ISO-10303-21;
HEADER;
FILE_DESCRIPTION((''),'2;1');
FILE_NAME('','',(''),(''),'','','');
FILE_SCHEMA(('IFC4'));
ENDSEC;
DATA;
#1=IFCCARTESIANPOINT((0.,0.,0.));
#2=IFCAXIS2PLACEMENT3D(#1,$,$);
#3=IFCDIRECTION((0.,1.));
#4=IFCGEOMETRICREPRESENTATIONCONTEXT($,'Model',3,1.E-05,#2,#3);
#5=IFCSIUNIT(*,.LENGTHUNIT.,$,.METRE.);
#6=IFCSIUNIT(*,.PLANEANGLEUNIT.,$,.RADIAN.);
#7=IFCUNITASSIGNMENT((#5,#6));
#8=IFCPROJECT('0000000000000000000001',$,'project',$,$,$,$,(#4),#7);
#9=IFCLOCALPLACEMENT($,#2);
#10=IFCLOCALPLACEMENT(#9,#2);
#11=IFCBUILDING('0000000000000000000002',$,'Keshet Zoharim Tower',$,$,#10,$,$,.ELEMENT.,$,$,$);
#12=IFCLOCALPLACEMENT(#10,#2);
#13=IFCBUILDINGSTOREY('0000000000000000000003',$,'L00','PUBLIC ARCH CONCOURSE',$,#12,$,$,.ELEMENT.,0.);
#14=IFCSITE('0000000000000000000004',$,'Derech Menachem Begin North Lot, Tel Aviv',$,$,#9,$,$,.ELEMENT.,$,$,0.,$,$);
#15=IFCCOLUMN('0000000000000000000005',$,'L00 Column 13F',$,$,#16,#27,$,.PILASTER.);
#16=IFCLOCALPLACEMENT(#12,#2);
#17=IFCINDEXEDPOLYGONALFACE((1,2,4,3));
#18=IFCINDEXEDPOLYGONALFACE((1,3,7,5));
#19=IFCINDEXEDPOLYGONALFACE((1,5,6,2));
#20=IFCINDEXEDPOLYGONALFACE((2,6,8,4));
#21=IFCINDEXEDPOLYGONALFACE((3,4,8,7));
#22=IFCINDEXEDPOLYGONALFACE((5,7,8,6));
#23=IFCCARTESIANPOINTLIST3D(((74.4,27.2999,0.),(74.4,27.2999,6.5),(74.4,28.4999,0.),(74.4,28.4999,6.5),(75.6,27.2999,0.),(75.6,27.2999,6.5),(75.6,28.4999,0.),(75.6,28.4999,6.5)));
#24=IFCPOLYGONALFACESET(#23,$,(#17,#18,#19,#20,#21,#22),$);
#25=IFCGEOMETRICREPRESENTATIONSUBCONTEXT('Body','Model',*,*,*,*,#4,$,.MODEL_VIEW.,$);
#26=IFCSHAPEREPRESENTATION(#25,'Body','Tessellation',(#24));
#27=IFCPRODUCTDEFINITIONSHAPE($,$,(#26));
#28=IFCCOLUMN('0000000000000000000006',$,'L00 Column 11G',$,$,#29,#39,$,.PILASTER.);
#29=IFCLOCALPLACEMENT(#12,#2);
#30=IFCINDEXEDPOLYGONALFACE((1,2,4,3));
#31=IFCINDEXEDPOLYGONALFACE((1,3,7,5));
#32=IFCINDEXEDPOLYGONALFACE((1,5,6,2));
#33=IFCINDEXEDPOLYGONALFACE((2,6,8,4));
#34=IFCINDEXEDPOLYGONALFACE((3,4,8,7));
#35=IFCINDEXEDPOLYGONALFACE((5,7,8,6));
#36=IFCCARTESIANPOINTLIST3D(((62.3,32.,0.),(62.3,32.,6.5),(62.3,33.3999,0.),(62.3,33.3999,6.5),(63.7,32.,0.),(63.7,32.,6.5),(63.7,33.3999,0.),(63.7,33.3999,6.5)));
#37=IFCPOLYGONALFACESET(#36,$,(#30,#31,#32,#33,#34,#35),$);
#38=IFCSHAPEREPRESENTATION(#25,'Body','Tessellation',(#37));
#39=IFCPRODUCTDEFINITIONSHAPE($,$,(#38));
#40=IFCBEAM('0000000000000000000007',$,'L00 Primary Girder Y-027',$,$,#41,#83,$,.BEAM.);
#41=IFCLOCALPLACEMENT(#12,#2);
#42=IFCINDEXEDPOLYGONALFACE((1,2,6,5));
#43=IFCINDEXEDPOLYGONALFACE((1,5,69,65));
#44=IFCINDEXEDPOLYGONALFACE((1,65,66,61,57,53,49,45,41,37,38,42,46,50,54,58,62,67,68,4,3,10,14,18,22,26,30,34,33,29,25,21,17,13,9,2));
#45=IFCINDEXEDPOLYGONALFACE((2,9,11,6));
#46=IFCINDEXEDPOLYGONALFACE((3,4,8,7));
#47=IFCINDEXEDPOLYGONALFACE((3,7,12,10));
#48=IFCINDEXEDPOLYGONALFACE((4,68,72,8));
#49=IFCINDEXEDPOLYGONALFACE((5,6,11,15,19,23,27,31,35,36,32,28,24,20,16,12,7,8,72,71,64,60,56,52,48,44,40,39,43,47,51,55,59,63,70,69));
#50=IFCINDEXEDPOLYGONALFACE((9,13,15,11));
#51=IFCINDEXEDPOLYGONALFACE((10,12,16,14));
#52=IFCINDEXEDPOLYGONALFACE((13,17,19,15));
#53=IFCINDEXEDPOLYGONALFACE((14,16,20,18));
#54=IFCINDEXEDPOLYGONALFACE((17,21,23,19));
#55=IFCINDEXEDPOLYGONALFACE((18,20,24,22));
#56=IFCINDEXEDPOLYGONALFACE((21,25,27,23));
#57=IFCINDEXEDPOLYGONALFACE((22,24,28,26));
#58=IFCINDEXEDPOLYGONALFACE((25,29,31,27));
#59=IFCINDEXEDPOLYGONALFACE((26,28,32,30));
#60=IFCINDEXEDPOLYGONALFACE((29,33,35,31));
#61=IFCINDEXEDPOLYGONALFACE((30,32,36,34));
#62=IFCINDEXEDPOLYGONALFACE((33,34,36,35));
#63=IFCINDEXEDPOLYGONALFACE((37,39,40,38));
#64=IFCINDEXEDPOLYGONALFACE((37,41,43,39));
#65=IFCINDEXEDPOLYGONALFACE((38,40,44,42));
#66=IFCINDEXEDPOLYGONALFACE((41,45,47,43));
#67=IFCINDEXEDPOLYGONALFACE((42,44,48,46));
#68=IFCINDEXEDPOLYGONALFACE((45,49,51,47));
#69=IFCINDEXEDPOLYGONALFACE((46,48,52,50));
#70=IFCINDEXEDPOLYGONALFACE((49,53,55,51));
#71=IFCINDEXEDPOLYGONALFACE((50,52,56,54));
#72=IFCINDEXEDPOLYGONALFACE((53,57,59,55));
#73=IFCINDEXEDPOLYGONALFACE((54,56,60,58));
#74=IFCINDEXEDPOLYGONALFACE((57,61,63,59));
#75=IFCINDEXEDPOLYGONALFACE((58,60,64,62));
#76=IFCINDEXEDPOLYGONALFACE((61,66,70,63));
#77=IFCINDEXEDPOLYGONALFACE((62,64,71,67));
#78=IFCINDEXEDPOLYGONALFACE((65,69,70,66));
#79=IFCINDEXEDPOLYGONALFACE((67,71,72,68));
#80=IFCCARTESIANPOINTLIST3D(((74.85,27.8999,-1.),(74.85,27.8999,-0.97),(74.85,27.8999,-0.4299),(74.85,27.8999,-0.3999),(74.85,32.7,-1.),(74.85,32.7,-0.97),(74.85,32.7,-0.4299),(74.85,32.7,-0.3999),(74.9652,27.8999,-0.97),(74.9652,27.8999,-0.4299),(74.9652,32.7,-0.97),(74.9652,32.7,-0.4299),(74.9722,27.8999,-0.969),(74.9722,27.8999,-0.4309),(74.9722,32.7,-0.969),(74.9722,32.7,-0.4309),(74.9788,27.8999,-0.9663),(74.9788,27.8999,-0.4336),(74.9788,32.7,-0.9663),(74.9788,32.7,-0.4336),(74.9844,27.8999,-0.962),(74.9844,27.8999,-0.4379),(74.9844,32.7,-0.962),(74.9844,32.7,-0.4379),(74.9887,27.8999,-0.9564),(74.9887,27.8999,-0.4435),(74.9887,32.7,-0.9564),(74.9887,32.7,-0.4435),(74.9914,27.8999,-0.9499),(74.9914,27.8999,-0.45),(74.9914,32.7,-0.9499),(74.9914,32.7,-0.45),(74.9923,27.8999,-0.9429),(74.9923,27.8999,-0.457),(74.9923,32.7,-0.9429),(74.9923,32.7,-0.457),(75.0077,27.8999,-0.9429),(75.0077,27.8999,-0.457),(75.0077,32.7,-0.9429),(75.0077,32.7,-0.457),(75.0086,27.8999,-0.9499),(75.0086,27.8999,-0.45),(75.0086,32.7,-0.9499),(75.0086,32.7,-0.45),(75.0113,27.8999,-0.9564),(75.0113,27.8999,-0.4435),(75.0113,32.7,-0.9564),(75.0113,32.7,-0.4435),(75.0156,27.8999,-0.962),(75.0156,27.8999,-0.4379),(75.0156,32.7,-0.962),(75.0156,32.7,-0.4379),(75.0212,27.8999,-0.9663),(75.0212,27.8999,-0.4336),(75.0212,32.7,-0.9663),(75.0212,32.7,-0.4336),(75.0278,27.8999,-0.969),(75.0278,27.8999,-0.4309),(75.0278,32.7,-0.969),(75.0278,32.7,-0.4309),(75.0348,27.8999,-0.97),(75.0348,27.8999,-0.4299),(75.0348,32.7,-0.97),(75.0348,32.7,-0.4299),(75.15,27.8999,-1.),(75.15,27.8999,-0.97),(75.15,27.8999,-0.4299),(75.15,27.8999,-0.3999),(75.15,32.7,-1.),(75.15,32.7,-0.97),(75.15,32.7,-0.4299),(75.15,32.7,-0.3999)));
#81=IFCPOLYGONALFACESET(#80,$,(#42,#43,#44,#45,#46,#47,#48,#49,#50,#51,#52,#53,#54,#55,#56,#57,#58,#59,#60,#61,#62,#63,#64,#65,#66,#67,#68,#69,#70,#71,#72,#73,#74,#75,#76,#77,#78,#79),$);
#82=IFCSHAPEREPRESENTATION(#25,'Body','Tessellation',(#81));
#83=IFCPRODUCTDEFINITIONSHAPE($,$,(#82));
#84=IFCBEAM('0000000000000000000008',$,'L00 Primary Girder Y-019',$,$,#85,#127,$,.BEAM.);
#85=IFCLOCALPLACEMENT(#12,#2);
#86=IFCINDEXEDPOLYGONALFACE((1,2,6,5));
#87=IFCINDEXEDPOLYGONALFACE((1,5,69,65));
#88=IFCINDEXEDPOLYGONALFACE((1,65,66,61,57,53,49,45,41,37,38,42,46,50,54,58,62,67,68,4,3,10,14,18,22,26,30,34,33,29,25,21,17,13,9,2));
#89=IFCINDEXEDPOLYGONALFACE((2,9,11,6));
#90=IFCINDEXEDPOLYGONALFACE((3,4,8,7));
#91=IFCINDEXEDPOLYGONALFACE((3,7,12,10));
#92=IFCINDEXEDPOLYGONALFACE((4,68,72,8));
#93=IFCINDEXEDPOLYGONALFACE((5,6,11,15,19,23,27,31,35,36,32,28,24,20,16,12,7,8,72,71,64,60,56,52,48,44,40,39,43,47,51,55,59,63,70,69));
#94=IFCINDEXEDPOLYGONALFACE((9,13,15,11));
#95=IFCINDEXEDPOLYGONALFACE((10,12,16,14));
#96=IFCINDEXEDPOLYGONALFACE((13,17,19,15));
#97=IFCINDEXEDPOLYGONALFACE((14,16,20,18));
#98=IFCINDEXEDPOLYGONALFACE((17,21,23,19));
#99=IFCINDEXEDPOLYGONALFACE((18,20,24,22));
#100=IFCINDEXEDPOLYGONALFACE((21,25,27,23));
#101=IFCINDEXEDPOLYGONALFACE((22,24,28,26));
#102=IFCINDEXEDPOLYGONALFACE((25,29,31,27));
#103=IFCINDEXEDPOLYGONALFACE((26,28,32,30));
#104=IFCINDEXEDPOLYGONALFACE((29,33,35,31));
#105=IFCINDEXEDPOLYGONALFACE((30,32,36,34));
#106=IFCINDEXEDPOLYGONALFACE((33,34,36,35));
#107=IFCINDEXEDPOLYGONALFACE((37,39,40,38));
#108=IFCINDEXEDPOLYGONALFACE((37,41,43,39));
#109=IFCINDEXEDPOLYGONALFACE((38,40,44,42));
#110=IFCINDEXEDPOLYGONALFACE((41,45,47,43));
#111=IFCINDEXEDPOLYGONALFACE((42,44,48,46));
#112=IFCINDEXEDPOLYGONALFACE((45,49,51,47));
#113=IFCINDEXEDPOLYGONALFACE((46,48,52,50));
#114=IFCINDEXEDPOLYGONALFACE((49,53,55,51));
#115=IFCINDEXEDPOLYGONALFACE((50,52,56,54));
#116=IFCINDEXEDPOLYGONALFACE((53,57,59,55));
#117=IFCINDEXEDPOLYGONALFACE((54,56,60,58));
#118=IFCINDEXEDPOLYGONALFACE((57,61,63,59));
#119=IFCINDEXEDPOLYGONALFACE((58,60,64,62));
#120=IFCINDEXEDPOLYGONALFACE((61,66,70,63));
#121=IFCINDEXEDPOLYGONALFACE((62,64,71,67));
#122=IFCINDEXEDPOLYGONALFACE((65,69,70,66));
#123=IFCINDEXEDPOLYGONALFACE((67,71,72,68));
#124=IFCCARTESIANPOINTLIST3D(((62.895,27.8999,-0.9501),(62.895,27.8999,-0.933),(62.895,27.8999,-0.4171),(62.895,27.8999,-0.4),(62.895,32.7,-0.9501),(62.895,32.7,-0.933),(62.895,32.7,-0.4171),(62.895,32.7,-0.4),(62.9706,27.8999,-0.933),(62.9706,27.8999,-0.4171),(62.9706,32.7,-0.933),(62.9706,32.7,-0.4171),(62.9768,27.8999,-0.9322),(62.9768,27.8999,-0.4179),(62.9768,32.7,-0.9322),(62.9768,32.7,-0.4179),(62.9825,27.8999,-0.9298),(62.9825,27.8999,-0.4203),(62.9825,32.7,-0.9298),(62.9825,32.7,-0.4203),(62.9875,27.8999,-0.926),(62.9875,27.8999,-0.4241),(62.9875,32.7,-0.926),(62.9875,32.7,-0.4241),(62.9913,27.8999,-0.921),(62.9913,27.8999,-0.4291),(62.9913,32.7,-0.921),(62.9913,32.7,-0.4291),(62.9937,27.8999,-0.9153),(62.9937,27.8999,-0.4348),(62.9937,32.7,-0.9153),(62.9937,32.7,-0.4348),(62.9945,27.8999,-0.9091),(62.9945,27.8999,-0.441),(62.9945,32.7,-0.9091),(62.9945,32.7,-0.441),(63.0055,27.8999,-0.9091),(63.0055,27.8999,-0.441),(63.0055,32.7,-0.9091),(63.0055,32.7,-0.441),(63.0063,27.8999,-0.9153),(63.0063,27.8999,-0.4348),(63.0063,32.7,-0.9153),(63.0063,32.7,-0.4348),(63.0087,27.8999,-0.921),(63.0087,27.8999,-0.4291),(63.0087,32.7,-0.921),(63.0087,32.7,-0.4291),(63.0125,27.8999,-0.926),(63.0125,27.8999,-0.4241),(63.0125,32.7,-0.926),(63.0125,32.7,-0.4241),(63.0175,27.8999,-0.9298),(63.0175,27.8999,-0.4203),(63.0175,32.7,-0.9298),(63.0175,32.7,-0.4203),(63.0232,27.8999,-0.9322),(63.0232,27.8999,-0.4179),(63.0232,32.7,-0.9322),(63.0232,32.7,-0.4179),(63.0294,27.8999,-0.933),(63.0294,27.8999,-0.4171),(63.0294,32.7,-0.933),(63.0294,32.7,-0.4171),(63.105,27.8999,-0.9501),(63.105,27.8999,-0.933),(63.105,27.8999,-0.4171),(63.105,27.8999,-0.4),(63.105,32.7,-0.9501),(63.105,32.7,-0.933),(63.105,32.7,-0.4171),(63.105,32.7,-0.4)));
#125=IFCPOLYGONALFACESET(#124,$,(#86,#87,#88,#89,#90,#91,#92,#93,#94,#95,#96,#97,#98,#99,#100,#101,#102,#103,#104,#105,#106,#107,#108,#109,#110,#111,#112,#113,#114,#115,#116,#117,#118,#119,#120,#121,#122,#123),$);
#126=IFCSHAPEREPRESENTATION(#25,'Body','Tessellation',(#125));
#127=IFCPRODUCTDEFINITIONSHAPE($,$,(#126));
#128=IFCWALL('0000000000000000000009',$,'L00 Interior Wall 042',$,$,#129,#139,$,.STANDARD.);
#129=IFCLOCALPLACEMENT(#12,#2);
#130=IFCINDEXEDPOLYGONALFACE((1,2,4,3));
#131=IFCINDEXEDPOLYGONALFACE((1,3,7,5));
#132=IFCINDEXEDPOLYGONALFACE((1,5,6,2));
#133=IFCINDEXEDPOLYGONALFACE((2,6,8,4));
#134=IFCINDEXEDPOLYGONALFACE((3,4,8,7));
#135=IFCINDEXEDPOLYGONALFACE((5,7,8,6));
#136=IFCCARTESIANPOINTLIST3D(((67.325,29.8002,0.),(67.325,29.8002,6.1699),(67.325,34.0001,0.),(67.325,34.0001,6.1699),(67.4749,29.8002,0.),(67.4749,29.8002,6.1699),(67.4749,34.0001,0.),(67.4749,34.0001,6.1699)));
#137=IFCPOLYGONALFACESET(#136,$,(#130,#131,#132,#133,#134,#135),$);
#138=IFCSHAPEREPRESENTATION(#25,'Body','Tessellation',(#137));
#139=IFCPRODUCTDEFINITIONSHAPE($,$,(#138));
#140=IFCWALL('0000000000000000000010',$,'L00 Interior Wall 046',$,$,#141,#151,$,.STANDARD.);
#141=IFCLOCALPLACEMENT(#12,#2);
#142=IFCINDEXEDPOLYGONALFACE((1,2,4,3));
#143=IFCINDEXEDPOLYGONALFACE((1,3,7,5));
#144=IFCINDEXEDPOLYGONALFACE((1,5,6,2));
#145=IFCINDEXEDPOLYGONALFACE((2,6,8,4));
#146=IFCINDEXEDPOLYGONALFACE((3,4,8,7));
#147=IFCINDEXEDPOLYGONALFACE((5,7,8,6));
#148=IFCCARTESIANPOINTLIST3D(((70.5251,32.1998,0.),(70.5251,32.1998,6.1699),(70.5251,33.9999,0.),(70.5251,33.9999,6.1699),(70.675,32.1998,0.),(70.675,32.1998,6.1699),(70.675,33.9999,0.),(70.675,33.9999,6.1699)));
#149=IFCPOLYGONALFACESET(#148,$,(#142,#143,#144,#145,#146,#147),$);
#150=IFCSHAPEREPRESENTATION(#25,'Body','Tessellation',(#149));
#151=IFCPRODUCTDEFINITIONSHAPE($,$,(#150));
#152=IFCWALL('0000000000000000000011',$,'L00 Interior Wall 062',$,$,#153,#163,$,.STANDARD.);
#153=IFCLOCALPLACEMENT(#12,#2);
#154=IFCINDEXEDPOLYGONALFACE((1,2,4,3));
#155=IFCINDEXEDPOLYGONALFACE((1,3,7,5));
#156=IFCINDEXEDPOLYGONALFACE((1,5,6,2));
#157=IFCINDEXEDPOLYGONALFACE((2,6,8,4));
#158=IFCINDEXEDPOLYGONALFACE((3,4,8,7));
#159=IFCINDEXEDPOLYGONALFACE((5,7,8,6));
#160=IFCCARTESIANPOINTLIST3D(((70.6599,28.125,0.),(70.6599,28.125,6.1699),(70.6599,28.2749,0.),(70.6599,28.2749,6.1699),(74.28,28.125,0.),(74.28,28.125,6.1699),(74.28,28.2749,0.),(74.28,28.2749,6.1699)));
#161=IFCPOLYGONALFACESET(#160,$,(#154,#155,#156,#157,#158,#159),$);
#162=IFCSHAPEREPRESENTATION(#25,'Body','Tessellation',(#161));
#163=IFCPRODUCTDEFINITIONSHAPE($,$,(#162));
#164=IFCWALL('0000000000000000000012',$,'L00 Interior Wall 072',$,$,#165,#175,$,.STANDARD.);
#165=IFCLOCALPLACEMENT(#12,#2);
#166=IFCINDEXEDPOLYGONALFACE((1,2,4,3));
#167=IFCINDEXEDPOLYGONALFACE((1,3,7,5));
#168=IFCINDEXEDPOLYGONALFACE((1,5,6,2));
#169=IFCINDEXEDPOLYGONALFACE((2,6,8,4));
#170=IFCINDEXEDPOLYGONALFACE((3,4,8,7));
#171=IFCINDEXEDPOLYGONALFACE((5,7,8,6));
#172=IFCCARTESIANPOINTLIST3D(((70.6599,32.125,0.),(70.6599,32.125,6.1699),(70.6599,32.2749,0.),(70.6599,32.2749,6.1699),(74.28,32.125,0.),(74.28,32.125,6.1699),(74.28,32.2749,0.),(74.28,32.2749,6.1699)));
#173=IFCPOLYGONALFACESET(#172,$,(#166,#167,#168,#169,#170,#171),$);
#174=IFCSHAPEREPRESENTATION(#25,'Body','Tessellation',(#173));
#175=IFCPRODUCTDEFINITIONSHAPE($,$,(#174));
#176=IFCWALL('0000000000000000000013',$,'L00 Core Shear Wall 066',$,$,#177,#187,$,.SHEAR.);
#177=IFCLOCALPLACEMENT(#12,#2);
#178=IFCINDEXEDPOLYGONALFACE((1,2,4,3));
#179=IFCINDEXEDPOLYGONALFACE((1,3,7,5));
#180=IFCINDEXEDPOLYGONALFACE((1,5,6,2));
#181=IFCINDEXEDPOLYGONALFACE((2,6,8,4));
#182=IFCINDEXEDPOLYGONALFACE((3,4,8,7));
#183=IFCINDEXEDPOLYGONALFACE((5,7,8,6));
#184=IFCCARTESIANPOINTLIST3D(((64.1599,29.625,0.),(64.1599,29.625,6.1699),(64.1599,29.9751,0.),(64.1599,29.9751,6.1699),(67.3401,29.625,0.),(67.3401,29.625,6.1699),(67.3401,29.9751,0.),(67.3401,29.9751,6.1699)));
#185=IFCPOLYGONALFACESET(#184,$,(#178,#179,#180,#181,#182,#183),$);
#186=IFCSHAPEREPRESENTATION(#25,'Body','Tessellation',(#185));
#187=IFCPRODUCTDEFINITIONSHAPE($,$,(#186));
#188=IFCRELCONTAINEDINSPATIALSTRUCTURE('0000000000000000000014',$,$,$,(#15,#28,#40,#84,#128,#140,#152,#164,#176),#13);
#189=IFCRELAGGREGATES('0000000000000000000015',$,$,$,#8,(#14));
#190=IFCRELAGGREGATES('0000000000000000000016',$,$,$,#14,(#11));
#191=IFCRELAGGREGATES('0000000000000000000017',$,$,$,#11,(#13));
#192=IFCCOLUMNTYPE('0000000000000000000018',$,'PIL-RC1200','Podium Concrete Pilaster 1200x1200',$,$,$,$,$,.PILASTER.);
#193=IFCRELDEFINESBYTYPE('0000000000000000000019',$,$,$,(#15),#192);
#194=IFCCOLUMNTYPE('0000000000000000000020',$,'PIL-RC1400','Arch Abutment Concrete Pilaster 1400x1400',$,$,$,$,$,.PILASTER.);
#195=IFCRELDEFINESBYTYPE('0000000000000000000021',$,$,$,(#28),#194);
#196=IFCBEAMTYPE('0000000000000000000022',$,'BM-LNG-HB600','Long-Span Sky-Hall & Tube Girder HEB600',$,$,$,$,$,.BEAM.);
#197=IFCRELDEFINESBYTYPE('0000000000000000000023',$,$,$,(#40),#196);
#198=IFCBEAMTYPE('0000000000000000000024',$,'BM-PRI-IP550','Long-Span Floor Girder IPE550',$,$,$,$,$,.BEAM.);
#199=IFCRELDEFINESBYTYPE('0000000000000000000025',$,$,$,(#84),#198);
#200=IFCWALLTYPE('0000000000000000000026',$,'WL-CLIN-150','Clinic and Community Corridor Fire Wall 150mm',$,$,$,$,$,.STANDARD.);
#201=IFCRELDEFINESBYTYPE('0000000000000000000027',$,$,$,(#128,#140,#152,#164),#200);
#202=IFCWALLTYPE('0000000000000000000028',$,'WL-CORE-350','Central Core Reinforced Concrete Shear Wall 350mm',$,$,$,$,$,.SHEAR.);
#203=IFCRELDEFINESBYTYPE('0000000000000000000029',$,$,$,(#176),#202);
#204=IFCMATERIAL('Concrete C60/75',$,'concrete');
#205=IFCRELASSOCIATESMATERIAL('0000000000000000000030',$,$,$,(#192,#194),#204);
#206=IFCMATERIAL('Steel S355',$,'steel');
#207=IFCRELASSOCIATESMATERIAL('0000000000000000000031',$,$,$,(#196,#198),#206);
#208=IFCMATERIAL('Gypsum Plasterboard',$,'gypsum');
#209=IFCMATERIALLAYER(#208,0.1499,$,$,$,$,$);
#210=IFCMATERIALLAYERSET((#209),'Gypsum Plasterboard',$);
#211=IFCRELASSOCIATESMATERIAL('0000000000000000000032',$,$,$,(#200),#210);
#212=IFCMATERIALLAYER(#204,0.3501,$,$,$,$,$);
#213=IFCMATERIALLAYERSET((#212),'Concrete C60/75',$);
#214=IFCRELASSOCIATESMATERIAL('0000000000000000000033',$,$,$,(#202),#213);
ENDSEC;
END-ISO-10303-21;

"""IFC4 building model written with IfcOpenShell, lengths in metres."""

from ifc_helpers import new_model, si_unit, direction, frame, frame_2d, origin, origin_2d, place, context, subcontext, project, spatial, rectangle, i_section, extrude, material, layer, layer_set, material_profile, profile_set, type_object, element, save


model = new_model("IFC4")

# Units and contexts
model_context = context("Model", 3, precision=1e-05, world=origin(), true_north=direction((0.0, 1.0)))
body_context = subcontext(model_context, "Body", "Model", "MODEL_VIEW")
ifc_project = project(units=[si_unit("LENGTHUNIT", "METRE"), si_unit("PLANEANGLEUNIT", "RADIAN")], contexts=[model_context])

# Site, building, storey
site_placement = place(None, origin())
site = spatial("IfcSite", under=ifc_project, at=site_placement, Name="Derech Menachem Begin North Lot, Tel Aviv", CompositionType="ELEMENT", RefElevation=0.0)
building_placement = place(site_placement, origin())
building = spatial("IfcBuilding", under=site, at=building_placement, Name="Keshet Zoharim Tower", CompositionType="ELEMENT")
storey_placement = place(building_placement, origin())
storey = spatial("IfcBuildingStorey", under=building, at=storey_placement, Name="L00", Description="PUBLIC ARCH CONCOURSE", CompositionType="ELEMENT", Elevation=0.0)

# Columns
ifc_material_1 = material(Name="Concrete C60/75", Category="concrete")
ifc_material_profile_1 = material_profile(ifc_material_1, rectangle(XDim=1.2, YDim=1.2, at=origin_2d()), Name="RC1200x1200")
ifc_profile_set_1 = profile_set([ifc_material_profile_1], Name="Concrete C60/75")
column_type_1 = type_object("IfcColumnType", Name="PIL-RC1200", Description="Podium Concrete Pilaster 1200x1200", PredefinedType="PILASTER", material=ifc_profile_set_1)
column_1_placement = place(storey_placement, frame((75.0, 27.8999, 0.0), z_axis=(0.0, 0.0, 1.0), x_axis=(1.0, 0.0, 0.0)))
element("IfcColumn", 1, at=column_1_placement, inside=storey, type_object=column_type_1, Name="L00 Column 13F", PredefinedType="PILASTER", context=body_context, shape_type="SweptSolid", body=[
    extrude(rectangle(XDim=1.2, YDim=1.2, at=origin_2d()), origin(), (0.0, 0.0, 1.0), 6.5),
])
ifc_material_profile_2 = material_profile(ifc_material_1, rectangle(XDim=1.3999, YDim=1.3999, at=origin_2d()), Name="RC1400x1400")
ifc_profile_set_2 = profile_set([ifc_material_profile_2], Name="Concrete C60/75")
column_type_2 = type_object("IfcColumnType", Name="PIL-RC1400", Description="Arch Abutment Concrete Pilaster 1400x1400", PredefinedType="PILASTER", material=ifc_profile_set_2)
column_2_placement = place(storey_placement, frame((63.0, 32.7, 0.0), z_axis=(0.0, 0.0, 1.0), x_axis=(1.0, 0.0, 0.0)))
element("IfcColumn", 2, at=column_2_placement, inside=storey, type_object=column_type_2, Name="L00 Column 11G", PredefinedType="PILASTER", context=body_context, shape_type="SweptSolid", body=[
    extrude(rectangle(XDim=1.3999, YDim=1.3999, at=origin_2d()), origin(), (0.0, 0.0, 1.0), 6.5),
])

# Beams
ifc_material_2 = material(Name="Steel S355", Category="steel")
ifc_material_profile_3 = material_profile(ifc_material_2, i_section(OverallWidth=0.3, OverallDepth=0.6001, WebThickness=0.0154, FlangeThickness=0.03, FilletRadius=0.0271, at=origin_2d()), Name="HEB600")
ifc_profile_set_3 = profile_set([ifc_material_profile_3], Name="Steel S355")
beam_type_1 = type_object("IfcBeamType", Name="BM-LNG-HB600", Description="Long-Span Sky-Hall & Tube Girder HEB600", PredefinedType="BEAM", material=ifc_profile_set_3)
beam_1_placement = place(storey_placement, frame((75.0, 27.8999, -0.7), z_axis=(0.0, 1.0, 0.0), x_axis=(-1.0, 0.0, 0.0)))
element("IfcBeam", 3, at=beam_1_placement, inside=storey, type_object=beam_type_1, Name="L00 Primary Girder Y-027", PredefinedType="BEAM", context=body_context, shape_type="SweptSolid", body=[
    extrude(i_section(OverallWidth=0.3, OverallDepth=0.6001, WebThickness=0.0154, FlangeThickness=0.03, FilletRadius=0.0271, at=origin_2d()), origin(), (0.0, 0.0, 1.0), 4.8),
])
ifc_material_profile_4 = material_profile(ifc_material_2, i_section(OverallWidth=0.21, OverallDepth=0.55, WebThickness=0.011, FlangeThickness=0.0171, FilletRadius=0.0239, at=origin_2d()), Name="IPE550")
ifc_profile_set_4 = profile_set([ifc_material_profile_4], Name="Steel S355")
beam_type_2 = type_object("IfcBeamType", Name="BM-PRI-IP550", Description="Long-Span Floor Girder IPE550", PredefinedType="BEAM", material=ifc_profile_set_4)
beam_2_placement = place(storey_placement, frame((63.0, 27.8999, -0.675), z_axis=(0.0, 1.0, 0.0), x_axis=(-1.0, 0.0, 0.0)))
element("IfcBeam", 4, at=beam_2_placement, inside=storey, type_object=beam_type_2, Name="L00 Primary Girder Y-019", PredefinedType="BEAM", context=body_context, shape_type="SweptSolid", body=[
    extrude(i_section(OverallWidth=0.21, OverallDepth=0.55, WebThickness=0.011, FlangeThickness=0.0171, FilletRadius=0.0239, at=origin_2d()), origin(), (0.0, 0.0, 1.0), 4.8),
])

# Walls
ifc_material_3 = material(Name="Gypsum Plasterboard", Category="gypsum")
ifc_layer_1 = layer(ifc_material_3, 0.1499)
ifc_layer_set_1 = layer_set([ifc_layer_1], Name="Gypsum Plasterboard")
wall_type_1 = type_object("IfcWallType", Name="WL-CLIN-150", Description="Clinic and Community Corridor Fire Wall 150mm", PredefinedType="STANDARD", material=ifc_layer_set_1)
wall_1_placement = place(storey_placement, frame((67.3999, 29.8, 0.0), z_axis=(0.0, 0.0, 1.0), x_axis=(0.0, 1.0, 0.0)))
element("IfcWall", 5, at=wall_1_placement, inside=storey, type_object=wall_type_1, Name="L00 Interior Wall 042", PredefinedType="STANDARD", context=body_context, shape_type="SweptSolid", body=[
    extrude(rectangle(XDim=4.2, YDim=0.1499, at=frame_2d((2.1001, 0.0))), origin(), (0.0, 0.0, 1.0), 6.1699),
])
wall_2_placement = place(storey_placement, frame((70.6001, 32.2, 0.0), z_axis=(0.0, 0.0, 1.0), x_axis=(0.0, 1.0, 0.0)))
element("IfcWall", 6, at=wall_2_placement, inside=storey, type_object=wall_type_1, Name="L00 Interior Wall 046", PredefinedType="STANDARD", context=body_context, shape_type="SweptSolid", body=[
    extrude(rectangle(XDim=1.8, YDim=0.1499, at=frame_2d((0.8999, 0.0))), origin(), (0.0, 0.0, 1.0), 6.1699),
])
for number, where, z_axis, x_axis, name in (
    (7, (70.6599, 28.2, 0.0), (0.0, 0.0, 1.0), (1.0, 0.0, 0.0), "L00 Interior Wall 062"),
    (8, (70.6599, 32.2, 0.0), (0.0, 0.0, 1.0), (1.0, 0.0, 0.0), "L00 Interior Wall 072"),
):
    element("IfcWall", number, at=place(storey_placement, frame(where, z_axis=z_axis, x_axis=x_axis)), inside=storey, type_object=wall_type_1, Name=name, PredefinedType="STANDARD", context=body_context, shape_type="SweptSolid", body=[
        extrude(rectangle(XDim=3.6201, YDim=0.1499, at=frame_2d((1.8101, 0.0))), origin(), (0.0, 0.0, 1.0), 6.1699),
    ])
ifc_layer_2 = layer(ifc_material_1, 0.3501)
ifc_layer_set_2 = layer_set([ifc_layer_2], Name="Concrete C60/75")
wall_type_2 = type_object("IfcWallType", Name="WL-CORE-350", Description="Central Core Reinforced Concrete Shear Wall 350mm", PredefinedType="SHEAR", material=ifc_layer_set_2)
wall_3_placement = place(storey_placement, frame((64.1599, 29.8, 0.0), z_axis=(0.0, 0.0, 1.0), x_axis=(1.0, 0.0, 0.0)))
element("IfcWall", 9, at=wall_3_placement, inside=storey, type_object=wall_type_2, Name="L00 Core Shear Wall 066", PredefinedType="SHEAR", context=body_context, shape_type="SweptSolid", body=[
    extrude(rectangle(XDim=3.1802, YDim=0.3501, at=frame_2d((1.5901, 0.0))), origin(), (0.0, 0.0, 1.0), 6.1699),
])

save(model, "model.ifc")
